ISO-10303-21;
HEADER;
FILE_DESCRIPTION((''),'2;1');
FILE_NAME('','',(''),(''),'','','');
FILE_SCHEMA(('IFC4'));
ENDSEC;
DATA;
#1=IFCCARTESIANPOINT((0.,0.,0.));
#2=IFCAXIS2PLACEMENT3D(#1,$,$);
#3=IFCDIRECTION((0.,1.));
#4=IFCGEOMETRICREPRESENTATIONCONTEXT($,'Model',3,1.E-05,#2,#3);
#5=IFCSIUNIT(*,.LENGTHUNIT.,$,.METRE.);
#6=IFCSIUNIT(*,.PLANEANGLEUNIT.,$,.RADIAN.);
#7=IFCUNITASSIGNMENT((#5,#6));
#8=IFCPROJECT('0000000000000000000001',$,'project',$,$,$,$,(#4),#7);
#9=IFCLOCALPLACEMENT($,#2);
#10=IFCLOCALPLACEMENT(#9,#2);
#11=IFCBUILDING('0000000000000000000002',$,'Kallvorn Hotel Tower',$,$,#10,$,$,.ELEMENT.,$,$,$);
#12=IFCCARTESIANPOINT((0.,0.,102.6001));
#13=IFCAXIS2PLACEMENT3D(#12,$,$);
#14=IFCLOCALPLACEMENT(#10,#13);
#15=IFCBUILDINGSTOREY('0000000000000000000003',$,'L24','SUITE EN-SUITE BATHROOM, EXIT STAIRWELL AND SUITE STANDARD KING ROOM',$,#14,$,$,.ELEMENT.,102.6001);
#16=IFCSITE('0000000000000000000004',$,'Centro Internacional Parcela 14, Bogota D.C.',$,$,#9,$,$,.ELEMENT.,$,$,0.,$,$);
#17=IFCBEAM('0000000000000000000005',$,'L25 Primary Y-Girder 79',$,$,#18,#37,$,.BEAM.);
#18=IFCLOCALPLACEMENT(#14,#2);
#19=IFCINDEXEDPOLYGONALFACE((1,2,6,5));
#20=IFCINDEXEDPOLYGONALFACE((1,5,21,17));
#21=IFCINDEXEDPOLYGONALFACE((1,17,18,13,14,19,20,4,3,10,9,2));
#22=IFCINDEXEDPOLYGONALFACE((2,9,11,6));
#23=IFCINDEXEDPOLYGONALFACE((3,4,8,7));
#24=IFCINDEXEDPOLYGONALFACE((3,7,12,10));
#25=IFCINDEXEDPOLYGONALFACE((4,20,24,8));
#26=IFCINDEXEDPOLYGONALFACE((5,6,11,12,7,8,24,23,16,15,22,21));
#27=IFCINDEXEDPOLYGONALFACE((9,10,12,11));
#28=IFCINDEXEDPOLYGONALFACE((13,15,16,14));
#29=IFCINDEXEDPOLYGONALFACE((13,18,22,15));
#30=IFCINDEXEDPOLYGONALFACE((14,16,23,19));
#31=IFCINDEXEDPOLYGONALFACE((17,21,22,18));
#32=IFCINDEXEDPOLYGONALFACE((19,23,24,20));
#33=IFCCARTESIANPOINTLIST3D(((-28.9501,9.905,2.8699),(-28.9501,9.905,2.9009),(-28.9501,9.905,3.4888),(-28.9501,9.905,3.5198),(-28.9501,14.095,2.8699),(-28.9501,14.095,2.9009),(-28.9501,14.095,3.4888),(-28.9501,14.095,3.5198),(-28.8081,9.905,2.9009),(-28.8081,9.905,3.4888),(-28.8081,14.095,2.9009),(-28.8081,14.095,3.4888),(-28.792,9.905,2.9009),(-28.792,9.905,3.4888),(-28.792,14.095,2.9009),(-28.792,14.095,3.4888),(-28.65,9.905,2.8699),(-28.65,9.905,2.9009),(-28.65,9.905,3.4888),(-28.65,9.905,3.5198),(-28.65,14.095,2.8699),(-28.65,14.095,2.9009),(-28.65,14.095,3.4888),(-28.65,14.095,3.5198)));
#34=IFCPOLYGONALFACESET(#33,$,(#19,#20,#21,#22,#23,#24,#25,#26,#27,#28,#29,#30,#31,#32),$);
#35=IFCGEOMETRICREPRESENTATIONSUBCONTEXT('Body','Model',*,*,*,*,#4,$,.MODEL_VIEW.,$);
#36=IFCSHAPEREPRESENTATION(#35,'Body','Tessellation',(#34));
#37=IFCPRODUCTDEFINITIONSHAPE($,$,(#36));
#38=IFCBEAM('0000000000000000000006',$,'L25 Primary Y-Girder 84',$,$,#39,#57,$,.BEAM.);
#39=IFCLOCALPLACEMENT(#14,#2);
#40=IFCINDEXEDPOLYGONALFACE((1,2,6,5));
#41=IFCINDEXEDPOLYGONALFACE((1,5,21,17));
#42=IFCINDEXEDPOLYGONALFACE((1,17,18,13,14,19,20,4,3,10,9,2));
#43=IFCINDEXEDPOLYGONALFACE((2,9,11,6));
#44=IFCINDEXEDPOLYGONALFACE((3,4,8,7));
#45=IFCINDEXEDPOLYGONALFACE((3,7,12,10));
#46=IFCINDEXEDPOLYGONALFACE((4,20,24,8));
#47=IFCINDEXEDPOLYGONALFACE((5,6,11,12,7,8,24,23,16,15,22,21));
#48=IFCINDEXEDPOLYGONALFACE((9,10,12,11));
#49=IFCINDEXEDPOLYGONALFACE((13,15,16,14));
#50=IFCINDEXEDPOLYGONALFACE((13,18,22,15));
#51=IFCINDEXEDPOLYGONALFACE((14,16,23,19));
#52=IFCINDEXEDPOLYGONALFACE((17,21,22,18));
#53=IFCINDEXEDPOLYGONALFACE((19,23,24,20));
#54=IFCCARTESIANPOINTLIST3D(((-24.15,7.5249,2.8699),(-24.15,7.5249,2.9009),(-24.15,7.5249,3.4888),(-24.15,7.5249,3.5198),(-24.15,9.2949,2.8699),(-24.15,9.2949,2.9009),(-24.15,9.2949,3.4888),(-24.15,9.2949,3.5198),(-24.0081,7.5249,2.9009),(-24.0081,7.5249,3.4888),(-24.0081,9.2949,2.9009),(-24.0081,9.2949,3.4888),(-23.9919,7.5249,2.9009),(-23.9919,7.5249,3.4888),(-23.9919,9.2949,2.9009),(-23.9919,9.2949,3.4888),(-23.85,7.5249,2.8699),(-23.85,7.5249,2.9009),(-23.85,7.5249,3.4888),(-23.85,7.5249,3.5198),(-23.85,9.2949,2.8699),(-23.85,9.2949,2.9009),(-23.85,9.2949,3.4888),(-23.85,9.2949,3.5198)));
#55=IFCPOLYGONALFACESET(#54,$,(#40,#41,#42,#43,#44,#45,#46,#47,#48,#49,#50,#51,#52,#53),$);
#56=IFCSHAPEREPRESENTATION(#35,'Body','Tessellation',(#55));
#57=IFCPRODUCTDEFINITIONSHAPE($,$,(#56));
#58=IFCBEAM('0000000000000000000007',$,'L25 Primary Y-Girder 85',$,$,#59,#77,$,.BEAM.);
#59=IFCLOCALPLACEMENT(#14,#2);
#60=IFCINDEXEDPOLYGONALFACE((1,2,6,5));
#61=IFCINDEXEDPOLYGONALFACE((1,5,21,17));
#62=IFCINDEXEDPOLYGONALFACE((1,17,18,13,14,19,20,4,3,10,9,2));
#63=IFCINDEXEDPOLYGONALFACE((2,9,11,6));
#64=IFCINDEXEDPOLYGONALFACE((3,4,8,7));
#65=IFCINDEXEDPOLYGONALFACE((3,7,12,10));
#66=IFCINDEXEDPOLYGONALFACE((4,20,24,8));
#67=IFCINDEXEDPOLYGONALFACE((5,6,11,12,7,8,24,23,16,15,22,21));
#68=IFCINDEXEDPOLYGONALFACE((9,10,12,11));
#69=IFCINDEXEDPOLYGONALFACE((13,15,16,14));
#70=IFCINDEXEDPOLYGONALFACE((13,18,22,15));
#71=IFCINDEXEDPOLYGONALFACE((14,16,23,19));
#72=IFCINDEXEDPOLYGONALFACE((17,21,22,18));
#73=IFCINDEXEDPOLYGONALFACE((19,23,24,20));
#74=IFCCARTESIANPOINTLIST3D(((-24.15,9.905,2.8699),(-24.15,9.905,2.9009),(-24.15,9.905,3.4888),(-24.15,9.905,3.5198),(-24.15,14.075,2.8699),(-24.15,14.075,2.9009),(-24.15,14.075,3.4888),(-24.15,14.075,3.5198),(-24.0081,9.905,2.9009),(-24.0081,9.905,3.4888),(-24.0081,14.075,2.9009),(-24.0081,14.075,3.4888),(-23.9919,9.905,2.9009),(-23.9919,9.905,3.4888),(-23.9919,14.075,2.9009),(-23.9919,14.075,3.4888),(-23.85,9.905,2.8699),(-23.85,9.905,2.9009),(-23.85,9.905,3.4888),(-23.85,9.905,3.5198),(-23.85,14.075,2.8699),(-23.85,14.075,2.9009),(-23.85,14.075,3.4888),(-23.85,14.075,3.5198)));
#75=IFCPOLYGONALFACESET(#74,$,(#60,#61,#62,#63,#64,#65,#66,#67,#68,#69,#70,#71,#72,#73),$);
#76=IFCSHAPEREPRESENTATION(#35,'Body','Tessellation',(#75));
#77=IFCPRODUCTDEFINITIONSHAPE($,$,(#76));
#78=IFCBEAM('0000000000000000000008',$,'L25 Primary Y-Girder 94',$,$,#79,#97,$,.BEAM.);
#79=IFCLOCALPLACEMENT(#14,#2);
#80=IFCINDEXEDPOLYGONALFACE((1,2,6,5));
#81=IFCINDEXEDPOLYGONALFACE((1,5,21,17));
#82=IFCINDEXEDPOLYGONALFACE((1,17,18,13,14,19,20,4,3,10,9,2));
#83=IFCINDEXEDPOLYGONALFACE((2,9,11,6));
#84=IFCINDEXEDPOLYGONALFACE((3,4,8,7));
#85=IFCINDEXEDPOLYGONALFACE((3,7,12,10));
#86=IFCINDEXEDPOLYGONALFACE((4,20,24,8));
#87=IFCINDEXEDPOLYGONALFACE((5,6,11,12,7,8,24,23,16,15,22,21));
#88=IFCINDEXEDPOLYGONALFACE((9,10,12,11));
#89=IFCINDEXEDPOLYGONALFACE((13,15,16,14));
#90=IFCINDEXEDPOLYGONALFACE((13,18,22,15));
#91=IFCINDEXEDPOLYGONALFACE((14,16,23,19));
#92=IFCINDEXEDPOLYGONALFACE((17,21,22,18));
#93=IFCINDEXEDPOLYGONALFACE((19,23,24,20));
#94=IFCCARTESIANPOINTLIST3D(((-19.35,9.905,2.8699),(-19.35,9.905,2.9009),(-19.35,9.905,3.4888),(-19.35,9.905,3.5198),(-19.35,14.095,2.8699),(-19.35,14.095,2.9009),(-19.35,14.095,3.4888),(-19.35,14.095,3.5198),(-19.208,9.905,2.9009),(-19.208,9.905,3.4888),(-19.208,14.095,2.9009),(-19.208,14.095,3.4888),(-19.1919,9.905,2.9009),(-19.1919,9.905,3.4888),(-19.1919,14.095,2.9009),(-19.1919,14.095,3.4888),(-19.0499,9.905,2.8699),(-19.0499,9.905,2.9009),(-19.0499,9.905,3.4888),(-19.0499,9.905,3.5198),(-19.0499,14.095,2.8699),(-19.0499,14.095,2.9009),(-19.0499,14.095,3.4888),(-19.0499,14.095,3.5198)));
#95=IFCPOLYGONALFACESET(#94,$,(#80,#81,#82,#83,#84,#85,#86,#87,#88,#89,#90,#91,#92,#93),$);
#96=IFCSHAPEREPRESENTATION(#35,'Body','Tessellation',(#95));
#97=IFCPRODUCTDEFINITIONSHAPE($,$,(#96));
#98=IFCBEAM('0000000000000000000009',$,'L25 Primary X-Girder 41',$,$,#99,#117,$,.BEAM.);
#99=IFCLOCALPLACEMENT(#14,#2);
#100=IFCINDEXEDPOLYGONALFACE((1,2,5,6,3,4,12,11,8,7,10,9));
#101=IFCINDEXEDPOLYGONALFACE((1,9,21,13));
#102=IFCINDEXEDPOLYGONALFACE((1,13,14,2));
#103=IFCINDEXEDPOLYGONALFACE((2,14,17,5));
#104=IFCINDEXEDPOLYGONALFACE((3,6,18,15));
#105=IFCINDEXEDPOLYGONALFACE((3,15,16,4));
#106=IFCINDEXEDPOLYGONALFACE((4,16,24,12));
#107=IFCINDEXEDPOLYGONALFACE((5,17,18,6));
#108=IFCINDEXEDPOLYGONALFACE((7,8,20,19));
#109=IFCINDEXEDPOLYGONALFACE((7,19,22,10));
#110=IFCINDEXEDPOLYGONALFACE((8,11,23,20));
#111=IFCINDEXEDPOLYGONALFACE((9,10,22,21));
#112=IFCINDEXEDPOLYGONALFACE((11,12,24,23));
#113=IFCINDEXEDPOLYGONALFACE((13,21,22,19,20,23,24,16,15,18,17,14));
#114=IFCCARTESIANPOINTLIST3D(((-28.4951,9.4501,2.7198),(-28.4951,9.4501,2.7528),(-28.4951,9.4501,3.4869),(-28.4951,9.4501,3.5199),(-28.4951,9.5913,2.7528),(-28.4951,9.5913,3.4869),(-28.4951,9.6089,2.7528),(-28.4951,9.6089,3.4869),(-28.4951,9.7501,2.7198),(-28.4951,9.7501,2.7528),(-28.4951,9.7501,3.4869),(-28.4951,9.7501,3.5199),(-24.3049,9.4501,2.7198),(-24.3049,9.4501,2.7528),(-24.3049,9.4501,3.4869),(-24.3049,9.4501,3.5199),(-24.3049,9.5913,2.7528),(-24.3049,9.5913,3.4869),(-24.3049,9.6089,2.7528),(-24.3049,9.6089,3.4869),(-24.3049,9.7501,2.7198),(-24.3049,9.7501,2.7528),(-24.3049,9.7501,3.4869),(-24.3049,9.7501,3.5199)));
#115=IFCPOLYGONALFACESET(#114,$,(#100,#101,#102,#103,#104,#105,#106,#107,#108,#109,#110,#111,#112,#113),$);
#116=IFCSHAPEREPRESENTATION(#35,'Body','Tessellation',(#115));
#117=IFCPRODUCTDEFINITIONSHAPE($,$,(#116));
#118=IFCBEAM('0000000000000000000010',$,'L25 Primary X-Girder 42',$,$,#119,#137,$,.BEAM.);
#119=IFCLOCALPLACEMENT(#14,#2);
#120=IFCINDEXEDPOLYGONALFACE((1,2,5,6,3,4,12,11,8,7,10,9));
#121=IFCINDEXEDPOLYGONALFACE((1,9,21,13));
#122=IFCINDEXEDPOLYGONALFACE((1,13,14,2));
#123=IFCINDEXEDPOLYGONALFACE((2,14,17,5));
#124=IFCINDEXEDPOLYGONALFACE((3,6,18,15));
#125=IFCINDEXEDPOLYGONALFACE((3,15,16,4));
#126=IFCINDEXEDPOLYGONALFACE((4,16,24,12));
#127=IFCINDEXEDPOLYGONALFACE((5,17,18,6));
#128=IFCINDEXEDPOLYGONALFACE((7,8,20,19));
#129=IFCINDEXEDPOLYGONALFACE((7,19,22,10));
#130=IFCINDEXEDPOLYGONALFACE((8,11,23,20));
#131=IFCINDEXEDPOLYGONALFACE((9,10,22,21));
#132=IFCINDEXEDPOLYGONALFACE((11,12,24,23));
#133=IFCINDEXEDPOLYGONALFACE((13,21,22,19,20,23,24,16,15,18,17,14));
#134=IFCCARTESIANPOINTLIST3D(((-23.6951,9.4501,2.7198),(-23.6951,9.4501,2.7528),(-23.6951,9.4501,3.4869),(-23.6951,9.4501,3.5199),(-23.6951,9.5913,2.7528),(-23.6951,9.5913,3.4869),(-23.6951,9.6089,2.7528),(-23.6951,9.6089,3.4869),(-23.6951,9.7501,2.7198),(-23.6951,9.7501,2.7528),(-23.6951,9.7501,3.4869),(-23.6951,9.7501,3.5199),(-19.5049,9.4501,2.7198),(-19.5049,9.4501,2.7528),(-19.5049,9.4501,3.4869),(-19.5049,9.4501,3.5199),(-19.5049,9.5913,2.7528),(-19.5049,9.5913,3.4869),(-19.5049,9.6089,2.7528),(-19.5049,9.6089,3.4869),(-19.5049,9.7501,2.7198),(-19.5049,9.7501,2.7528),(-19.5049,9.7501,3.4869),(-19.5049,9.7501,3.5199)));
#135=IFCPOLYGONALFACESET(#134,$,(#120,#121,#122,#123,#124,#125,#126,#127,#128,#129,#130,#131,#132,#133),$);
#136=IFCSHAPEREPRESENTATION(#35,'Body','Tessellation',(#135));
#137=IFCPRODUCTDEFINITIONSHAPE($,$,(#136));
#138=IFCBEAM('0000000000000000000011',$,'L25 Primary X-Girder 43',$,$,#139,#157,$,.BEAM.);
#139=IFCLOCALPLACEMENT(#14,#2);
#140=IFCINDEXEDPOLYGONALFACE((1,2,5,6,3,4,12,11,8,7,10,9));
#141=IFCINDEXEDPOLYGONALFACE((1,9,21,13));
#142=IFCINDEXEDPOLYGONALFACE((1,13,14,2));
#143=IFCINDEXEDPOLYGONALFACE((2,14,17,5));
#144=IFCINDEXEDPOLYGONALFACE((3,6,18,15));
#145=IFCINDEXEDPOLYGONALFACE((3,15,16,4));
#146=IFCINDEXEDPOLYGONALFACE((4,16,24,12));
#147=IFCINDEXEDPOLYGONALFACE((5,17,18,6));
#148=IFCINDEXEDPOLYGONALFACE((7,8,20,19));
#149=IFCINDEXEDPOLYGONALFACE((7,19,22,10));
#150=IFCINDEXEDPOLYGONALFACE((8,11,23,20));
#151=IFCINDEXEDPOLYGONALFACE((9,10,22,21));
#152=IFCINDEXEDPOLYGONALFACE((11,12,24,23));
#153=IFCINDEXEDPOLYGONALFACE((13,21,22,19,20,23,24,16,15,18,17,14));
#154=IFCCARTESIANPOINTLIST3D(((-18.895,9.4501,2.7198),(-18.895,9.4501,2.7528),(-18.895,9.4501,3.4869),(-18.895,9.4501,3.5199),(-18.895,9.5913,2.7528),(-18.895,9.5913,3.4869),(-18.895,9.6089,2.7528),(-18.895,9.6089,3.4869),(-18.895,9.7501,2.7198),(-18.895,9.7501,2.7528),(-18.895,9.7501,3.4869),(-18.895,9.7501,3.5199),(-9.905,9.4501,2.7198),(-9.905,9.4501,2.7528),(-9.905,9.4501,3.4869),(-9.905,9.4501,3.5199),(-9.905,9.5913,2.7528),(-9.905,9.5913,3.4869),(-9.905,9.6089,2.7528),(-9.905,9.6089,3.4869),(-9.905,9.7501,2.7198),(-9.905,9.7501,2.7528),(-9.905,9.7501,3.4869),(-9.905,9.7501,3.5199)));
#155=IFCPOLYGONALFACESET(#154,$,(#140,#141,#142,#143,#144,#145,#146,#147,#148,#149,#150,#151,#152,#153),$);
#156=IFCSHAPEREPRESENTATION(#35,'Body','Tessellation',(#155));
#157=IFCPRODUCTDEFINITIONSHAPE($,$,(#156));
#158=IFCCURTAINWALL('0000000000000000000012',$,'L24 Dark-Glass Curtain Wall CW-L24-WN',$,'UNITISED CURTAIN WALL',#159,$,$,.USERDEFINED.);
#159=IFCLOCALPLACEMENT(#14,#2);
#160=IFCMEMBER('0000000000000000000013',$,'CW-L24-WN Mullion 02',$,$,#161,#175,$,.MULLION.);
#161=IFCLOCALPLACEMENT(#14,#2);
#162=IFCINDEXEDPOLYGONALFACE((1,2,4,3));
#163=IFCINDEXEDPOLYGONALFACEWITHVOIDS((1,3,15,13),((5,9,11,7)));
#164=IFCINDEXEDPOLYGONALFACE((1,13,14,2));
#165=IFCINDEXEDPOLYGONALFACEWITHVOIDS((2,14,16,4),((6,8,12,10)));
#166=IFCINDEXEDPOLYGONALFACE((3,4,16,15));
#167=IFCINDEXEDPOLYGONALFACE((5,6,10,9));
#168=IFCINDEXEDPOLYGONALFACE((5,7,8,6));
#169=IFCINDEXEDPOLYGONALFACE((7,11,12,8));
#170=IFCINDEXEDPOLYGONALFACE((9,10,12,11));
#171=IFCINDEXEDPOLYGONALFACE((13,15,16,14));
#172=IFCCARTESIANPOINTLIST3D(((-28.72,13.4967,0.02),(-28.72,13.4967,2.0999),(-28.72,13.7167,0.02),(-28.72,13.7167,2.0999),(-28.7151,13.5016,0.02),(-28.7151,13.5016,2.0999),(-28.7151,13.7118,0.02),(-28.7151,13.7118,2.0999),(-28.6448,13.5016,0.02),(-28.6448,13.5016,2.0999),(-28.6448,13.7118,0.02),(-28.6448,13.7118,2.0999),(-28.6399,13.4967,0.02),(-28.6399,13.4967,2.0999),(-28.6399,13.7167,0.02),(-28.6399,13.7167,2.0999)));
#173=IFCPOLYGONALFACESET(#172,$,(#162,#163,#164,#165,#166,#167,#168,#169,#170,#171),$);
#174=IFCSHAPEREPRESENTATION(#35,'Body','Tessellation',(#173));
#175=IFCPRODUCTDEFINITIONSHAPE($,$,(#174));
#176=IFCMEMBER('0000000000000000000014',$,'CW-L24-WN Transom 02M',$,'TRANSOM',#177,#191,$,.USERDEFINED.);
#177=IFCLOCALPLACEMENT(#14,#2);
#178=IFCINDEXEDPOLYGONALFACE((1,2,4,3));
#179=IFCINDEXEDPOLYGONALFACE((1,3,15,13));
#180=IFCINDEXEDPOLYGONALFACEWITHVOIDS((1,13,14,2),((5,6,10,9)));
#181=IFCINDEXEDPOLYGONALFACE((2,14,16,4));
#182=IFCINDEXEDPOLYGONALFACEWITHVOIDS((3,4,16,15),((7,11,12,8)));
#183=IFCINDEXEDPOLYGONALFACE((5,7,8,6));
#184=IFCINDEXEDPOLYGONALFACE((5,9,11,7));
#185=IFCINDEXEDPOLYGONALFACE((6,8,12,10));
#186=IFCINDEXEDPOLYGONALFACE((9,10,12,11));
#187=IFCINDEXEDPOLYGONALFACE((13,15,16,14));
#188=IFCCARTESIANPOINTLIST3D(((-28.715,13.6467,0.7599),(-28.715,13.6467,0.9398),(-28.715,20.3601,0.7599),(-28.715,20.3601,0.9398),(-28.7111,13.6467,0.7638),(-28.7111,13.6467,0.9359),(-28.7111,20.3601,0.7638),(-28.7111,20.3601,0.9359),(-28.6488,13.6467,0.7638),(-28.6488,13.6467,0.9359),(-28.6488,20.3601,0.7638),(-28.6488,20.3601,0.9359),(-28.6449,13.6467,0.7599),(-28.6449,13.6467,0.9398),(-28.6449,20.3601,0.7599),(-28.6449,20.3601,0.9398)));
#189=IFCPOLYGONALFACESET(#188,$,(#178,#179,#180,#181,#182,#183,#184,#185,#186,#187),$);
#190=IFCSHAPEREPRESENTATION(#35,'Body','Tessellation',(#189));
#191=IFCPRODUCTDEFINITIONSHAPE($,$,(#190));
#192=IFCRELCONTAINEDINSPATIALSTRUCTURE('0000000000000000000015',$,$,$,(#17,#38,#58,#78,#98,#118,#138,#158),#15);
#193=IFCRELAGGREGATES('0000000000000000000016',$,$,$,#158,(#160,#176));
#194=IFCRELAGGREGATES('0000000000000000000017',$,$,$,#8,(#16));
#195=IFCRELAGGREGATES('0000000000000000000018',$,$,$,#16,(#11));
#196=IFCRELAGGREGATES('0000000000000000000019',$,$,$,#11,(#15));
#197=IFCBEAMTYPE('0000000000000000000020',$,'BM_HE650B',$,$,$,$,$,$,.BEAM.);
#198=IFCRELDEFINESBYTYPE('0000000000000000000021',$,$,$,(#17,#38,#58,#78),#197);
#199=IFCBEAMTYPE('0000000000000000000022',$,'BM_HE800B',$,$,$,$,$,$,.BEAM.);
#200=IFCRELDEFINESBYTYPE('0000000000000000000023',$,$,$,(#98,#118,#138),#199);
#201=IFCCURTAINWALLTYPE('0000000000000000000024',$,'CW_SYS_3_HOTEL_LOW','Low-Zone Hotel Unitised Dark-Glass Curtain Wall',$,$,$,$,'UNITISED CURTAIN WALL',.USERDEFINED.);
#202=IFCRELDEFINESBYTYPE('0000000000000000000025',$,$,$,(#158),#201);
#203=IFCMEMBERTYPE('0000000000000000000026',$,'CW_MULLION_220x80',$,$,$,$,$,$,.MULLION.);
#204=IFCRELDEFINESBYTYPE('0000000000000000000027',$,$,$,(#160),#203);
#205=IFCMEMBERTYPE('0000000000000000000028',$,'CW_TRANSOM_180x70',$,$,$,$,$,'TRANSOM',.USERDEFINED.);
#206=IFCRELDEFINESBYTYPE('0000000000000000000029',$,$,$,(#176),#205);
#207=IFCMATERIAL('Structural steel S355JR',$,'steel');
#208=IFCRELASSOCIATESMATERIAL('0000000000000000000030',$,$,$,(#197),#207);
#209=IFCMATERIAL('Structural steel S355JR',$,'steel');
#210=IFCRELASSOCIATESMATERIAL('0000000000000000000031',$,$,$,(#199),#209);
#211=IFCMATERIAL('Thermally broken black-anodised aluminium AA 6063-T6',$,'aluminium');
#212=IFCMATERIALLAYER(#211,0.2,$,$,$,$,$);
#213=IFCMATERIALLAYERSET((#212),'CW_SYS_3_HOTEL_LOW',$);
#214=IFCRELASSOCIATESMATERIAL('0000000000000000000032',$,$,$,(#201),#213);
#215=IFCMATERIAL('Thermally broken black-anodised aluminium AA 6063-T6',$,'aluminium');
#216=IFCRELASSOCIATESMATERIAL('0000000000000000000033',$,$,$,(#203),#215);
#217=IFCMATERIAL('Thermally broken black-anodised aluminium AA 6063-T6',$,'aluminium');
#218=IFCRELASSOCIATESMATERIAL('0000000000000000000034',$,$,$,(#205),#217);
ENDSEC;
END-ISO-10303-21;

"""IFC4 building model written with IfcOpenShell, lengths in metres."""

from ifc_helpers import new_model, si_unit, direction, frame, origin, origin_2d, place, context, subcontext, project, spatial, hollow_rectangle, i_section, extrude, material, layer, layer_set, material_profile, profile_set, type_object, element, aggregate, save


model = new_model("IFC4")

# Units and contexts
model_context = context("Model", 3, precision=1e-05, world=origin(), true_north=direction((0.0, 1.0)))
body_context = subcontext(model_context, "Body", "Model", "MODEL_VIEW")
ifc_project = project(units=[si_unit("LENGTHUNIT", "METRE"), si_unit("PLANEANGLEUNIT", "RADIAN")], contexts=[model_context])

# Site, building, storey
site_placement = place(None, origin())
site = spatial("IfcSite", under=ifc_project, at=site_placement, Name="Centro Internacional Parcela 14, Bogota D.C.", CompositionType="ELEMENT", RefElevation=0.0)
building_placement = place(site_placement, origin())
building = spatial("IfcBuilding", under=site, at=building_placement, Name="Kallvorn Hotel Tower", CompositionType="ELEMENT")
storey_placement = place(building_placement, frame((0.0, 0.0, 102.6001)))
storey = spatial("IfcBuildingStorey", under=building, at=storey_placement, Name="L24", Description="SUITE EN-SUITE BATHROOM, EXIT STAIRWELL AND SUITE STANDARD KING ROOM", CompositionType="ELEMENT", Elevation=102.6001)

# Beams
ifc_material_1 = material(Name="Structural steel S355JR", Category="steel")
ifc_material_profile_1 = material_profile(ifc_material_1, i_section(OverallWidth=0.3, OverallDepth=0.6499, WebThickness=0.0161, FlangeThickness=0.031, at=origin_2d()), Name="HE 650 B")
ifc_profile_set_1 = profile_set([ifc_material_profile_1], Name="Structural steel S355JR")
beam_type_1 = type_object("IfcBeamType", Name="BM_HE650B", PredefinedType="BEAM", material=ifc_profile_set_1)
beam_1_placement = place(storey_placement, frame((-28.8, 9.905, 3.1948), z_axis=(0.0, 1.0, 0.0), x_axis=(-1.0, 0.0, 0.0)))
element("IfcBeam", 1, at=beam_1_placement, inside=storey, type_object=beam_type_1, Name="L25 Primary Y-Girder 79", PredefinedType="BEAM", context=body_context, shape_type="SweptSolid", body=[
    extrude(i_section(OverallWidth=0.3, OverallDepth=0.6499, WebThickness=0.0161, FlangeThickness=0.031, at=origin_2d()), origin(), (0.0, 0.0, 1.0), 4.1899),
])
beam_2_placement = place(storey_placement, frame((-24.0, 7.5249, 3.1948), z_axis=(0.0, 1.0, 0.0), x_axis=(-1.0, 0.0, 0.0)))
element("IfcBeam", 2, at=beam_2_placement, inside=storey, type_object=beam_type_1, Name="L25 Primary Y-Girder 84", PredefinedType="BEAM", context=body_context, shape_type="SweptSolid", body=[
    extrude(i_section(OverallWidth=0.3, OverallDepth=0.6499, WebThickness=0.0161, FlangeThickness=0.031, at=origin_2d()), origin(), (0.0, 0.0, 1.0), 1.77),
])
beam_3_placement = place(storey_placement, frame((-24.0, 9.905, 3.1948), z_axis=(0.0, 1.0, 0.0), x_axis=(-1.0, 0.0, 0.0)))
element("IfcBeam", 3, at=beam_3_placement, inside=storey, type_object=beam_type_1, Name="L25 Primary Y-Girder 85", PredefinedType="BEAM", context=body_context, shape_type="SweptSolid", body=[
    extrude(i_section(OverallWidth=0.3, OverallDepth=0.6499, WebThickness=0.0161, FlangeThickness=0.031, at=origin_2d()), origin(), (0.0, 0.0, 1.0), 4.1699),
])
beam_4_placement = place(storey_placement, frame((-19.2, 9.905, 3.1948), z_axis=(0.0, 1.0, 0.0), x_axis=(-1.0, 0.0, 0.0)))
element("IfcBeam", 4, at=beam_4_placement, inside=storey, type_object=beam_type_1, Name="L25 Primary Y-Girder 94", PredefinedType="BEAM", context=body_context, shape_type="SweptSolid", body=[
    extrude(i_section(OverallWidth=0.3, OverallDepth=0.6499, WebThickness=0.0161, FlangeThickness=0.031, at=origin_2d()), origin(), (0.0, 0.0, 1.0), 4.1899),
])
ifc_material_2 = material(Name="Structural steel S355JR", Category="steel")
ifc_material_profile_2 = material_profile(ifc_material_2, i_section(OverallWidth=0.3, OverallDepth=0.8, WebThickness=0.0176, FlangeThickness=0.033, at=origin_2d()), Name="HE 800 B")
ifc_profile_set_2 = profile_set([ifc_material_profile_2], Name="Structural steel S355JR")
beam_type_2 = type_object("IfcBeamType", Name="BM_HE800B", PredefinedType="BEAM", material=ifc_profile_set_2)
for number, where, z_axis, x_axis, name in (
    (5, (-28.4951, 9.6001, 3.1199), (1.0, 0.0, 0.0), (0.0, 1.0, 0.0), "L25 Primary X-Girder 41"),
    (6, (-23.6951, 9.6001, 3.1199), (1.0, 0.0, 0.0), (0.0, 1.0, 0.0), "L25 Primary X-Girder 42"),
):
    element("IfcBeam", number, at=place(storey_placement, frame(where, z_axis=z_axis, x_axis=x_axis)), inside=storey, type_object=beam_type_2, Name=name, PredefinedType="BEAM", context=body_context, shape_type="SweptSolid", body=[
        extrude(i_section(OverallWidth=0.3, OverallDepth=0.8, WebThickness=0.0176, FlangeThickness=0.033, at=origin_2d()), origin(), (0.0, 0.0, 1.0), 4.1902),
    ])
beam_5_placement = place(storey_placement, frame((-18.895, 9.6001, 3.1199), z_axis=(1.0, 0.0, 0.0), x_axis=(0.0, 1.0, 0.0)))
element("IfcBeam", 7, at=beam_5_placement, inside=storey, type_object=beam_type_2, Name="L25 Primary X-Girder 43", PredefinedType="BEAM", context=body_context, shape_type="SweptSolid", body=[
    extrude(i_section(OverallWidth=0.3, OverallDepth=0.8, WebThickness=0.0176, FlangeThickness=0.033, at=origin_2d()), origin(), (0.0, 0.0, 1.0), 8.99),
])

# Curtain wall, members
ifc_material_3 = material(Name="Thermally broken black-anodised aluminium AA 6063-T6", Category="aluminium")
ifc_layer_1 = layer(ifc_material_3, 0.2)
ifc_layer_set_1 = layer_set([ifc_layer_1], Name="CW_SYS_3_HOTEL_LOW")
curtain_wall_type = type_object("IfcCurtainWallType", Name="CW_SYS_3_HOTEL_LOW", Description="Low-Zone Hotel Unitised Dark-Glass Curtain Wall", ElementType="UNITISED CURTAIN WALL", PredefinedType="USERDEFINED", material=ifc_layer_set_1)
curtain_wall_placement = place(storey_placement, origin())
curtain_wall = element("IfcCurtainWall", 8, at=curtain_wall_placement, inside=storey, type_object=curtain_wall_type, Name="L24 Dark-Glass Curtain Wall CW-L24-WN", ObjectType="UNITISED CURTAIN WALL", PredefinedType="USERDEFINED")
ifc_material_4 = material(Name="Thermally broken black-anodised aluminium AA 6063-T6", Category="aluminium")
ifc_material_profile_3 = material_profile(ifc_material_4, hollow_rectangle(XDim=0.0801, YDim=0.22, WallThickness=0.0049, at=origin_2d()), Name="MUL 220x80")
ifc_profile_set_3 = profile_set([ifc_material_profile_3], Name="Thermally broken black-anodised aluminium AA 6063-T6")
member_type_1 = type_object("IfcMemberType", Name="CW_MULLION_220x80", PredefinedType="MULLION", material=ifc_profile_set_3)
member_1_placement = place(storey_placement, frame((-28.6799, 13.6067, 0.02), z_axis=(0.0, 0.0, 1.0), x_axis=(1.0, 0.0, 0.0)))
member_1 = element("IfcMember", 9, at=member_1_placement, type_object=member_type_1, Name="CW-L24-WN Mullion 02", PredefinedType="MULLION", context=body_context, shape_type="SweptSolid", body=[
    extrude(hollow_rectangle(XDim=0.0801, YDim=0.22, WallThickness=0.0049, at=origin_2d()), origin(), (0.0, 0.0, 1.0), 2.0798),
])
ifc_material_5 = material(Name="Thermally broken black-anodised aluminium AA 6063-T6", Category="aluminium")
ifc_material_profile_4 = material_profile(ifc_material_5, hollow_rectangle(XDim=0.0701, YDim=0.1799, WallThickness=0.0039, at=origin_2d()), Name="TRN 180x70")
ifc_profile_set_4 = profile_set([ifc_material_profile_4], Name="Thermally broken black-anodised aluminium AA 6063-T6")
member_type_2 = type_object("IfcMemberType", Name="CW_TRANSOM_180x70", ElementType="TRANSOM", PredefinedType="USERDEFINED", material=ifc_profile_set_4)
member_2_placement = place(storey_placement, frame((-28.6799, 13.6467, 0.8499), z_axis=(0.0, 1.0, 0.0), x_axis=(-1.0, 0.0, 0.0)))
member_2 = element("IfcMember", 10, at=member_2_placement, type_object=member_type_2, Name="CW-L24-WN Transom 02M", ObjectType="TRANSOM", PredefinedType="USERDEFINED", context=body_context, shape_type="SweptSolid", body=[
    extrude(hollow_rectangle(XDim=0.0701, YDim=0.1799, WallThickness=0.0039, at=origin_2d()), origin(), (0.0, 0.0, 1.0), 6.7134),
])
aggregate(curtain_wall, [member_1, member_2])

save(model, "model.ifc")
